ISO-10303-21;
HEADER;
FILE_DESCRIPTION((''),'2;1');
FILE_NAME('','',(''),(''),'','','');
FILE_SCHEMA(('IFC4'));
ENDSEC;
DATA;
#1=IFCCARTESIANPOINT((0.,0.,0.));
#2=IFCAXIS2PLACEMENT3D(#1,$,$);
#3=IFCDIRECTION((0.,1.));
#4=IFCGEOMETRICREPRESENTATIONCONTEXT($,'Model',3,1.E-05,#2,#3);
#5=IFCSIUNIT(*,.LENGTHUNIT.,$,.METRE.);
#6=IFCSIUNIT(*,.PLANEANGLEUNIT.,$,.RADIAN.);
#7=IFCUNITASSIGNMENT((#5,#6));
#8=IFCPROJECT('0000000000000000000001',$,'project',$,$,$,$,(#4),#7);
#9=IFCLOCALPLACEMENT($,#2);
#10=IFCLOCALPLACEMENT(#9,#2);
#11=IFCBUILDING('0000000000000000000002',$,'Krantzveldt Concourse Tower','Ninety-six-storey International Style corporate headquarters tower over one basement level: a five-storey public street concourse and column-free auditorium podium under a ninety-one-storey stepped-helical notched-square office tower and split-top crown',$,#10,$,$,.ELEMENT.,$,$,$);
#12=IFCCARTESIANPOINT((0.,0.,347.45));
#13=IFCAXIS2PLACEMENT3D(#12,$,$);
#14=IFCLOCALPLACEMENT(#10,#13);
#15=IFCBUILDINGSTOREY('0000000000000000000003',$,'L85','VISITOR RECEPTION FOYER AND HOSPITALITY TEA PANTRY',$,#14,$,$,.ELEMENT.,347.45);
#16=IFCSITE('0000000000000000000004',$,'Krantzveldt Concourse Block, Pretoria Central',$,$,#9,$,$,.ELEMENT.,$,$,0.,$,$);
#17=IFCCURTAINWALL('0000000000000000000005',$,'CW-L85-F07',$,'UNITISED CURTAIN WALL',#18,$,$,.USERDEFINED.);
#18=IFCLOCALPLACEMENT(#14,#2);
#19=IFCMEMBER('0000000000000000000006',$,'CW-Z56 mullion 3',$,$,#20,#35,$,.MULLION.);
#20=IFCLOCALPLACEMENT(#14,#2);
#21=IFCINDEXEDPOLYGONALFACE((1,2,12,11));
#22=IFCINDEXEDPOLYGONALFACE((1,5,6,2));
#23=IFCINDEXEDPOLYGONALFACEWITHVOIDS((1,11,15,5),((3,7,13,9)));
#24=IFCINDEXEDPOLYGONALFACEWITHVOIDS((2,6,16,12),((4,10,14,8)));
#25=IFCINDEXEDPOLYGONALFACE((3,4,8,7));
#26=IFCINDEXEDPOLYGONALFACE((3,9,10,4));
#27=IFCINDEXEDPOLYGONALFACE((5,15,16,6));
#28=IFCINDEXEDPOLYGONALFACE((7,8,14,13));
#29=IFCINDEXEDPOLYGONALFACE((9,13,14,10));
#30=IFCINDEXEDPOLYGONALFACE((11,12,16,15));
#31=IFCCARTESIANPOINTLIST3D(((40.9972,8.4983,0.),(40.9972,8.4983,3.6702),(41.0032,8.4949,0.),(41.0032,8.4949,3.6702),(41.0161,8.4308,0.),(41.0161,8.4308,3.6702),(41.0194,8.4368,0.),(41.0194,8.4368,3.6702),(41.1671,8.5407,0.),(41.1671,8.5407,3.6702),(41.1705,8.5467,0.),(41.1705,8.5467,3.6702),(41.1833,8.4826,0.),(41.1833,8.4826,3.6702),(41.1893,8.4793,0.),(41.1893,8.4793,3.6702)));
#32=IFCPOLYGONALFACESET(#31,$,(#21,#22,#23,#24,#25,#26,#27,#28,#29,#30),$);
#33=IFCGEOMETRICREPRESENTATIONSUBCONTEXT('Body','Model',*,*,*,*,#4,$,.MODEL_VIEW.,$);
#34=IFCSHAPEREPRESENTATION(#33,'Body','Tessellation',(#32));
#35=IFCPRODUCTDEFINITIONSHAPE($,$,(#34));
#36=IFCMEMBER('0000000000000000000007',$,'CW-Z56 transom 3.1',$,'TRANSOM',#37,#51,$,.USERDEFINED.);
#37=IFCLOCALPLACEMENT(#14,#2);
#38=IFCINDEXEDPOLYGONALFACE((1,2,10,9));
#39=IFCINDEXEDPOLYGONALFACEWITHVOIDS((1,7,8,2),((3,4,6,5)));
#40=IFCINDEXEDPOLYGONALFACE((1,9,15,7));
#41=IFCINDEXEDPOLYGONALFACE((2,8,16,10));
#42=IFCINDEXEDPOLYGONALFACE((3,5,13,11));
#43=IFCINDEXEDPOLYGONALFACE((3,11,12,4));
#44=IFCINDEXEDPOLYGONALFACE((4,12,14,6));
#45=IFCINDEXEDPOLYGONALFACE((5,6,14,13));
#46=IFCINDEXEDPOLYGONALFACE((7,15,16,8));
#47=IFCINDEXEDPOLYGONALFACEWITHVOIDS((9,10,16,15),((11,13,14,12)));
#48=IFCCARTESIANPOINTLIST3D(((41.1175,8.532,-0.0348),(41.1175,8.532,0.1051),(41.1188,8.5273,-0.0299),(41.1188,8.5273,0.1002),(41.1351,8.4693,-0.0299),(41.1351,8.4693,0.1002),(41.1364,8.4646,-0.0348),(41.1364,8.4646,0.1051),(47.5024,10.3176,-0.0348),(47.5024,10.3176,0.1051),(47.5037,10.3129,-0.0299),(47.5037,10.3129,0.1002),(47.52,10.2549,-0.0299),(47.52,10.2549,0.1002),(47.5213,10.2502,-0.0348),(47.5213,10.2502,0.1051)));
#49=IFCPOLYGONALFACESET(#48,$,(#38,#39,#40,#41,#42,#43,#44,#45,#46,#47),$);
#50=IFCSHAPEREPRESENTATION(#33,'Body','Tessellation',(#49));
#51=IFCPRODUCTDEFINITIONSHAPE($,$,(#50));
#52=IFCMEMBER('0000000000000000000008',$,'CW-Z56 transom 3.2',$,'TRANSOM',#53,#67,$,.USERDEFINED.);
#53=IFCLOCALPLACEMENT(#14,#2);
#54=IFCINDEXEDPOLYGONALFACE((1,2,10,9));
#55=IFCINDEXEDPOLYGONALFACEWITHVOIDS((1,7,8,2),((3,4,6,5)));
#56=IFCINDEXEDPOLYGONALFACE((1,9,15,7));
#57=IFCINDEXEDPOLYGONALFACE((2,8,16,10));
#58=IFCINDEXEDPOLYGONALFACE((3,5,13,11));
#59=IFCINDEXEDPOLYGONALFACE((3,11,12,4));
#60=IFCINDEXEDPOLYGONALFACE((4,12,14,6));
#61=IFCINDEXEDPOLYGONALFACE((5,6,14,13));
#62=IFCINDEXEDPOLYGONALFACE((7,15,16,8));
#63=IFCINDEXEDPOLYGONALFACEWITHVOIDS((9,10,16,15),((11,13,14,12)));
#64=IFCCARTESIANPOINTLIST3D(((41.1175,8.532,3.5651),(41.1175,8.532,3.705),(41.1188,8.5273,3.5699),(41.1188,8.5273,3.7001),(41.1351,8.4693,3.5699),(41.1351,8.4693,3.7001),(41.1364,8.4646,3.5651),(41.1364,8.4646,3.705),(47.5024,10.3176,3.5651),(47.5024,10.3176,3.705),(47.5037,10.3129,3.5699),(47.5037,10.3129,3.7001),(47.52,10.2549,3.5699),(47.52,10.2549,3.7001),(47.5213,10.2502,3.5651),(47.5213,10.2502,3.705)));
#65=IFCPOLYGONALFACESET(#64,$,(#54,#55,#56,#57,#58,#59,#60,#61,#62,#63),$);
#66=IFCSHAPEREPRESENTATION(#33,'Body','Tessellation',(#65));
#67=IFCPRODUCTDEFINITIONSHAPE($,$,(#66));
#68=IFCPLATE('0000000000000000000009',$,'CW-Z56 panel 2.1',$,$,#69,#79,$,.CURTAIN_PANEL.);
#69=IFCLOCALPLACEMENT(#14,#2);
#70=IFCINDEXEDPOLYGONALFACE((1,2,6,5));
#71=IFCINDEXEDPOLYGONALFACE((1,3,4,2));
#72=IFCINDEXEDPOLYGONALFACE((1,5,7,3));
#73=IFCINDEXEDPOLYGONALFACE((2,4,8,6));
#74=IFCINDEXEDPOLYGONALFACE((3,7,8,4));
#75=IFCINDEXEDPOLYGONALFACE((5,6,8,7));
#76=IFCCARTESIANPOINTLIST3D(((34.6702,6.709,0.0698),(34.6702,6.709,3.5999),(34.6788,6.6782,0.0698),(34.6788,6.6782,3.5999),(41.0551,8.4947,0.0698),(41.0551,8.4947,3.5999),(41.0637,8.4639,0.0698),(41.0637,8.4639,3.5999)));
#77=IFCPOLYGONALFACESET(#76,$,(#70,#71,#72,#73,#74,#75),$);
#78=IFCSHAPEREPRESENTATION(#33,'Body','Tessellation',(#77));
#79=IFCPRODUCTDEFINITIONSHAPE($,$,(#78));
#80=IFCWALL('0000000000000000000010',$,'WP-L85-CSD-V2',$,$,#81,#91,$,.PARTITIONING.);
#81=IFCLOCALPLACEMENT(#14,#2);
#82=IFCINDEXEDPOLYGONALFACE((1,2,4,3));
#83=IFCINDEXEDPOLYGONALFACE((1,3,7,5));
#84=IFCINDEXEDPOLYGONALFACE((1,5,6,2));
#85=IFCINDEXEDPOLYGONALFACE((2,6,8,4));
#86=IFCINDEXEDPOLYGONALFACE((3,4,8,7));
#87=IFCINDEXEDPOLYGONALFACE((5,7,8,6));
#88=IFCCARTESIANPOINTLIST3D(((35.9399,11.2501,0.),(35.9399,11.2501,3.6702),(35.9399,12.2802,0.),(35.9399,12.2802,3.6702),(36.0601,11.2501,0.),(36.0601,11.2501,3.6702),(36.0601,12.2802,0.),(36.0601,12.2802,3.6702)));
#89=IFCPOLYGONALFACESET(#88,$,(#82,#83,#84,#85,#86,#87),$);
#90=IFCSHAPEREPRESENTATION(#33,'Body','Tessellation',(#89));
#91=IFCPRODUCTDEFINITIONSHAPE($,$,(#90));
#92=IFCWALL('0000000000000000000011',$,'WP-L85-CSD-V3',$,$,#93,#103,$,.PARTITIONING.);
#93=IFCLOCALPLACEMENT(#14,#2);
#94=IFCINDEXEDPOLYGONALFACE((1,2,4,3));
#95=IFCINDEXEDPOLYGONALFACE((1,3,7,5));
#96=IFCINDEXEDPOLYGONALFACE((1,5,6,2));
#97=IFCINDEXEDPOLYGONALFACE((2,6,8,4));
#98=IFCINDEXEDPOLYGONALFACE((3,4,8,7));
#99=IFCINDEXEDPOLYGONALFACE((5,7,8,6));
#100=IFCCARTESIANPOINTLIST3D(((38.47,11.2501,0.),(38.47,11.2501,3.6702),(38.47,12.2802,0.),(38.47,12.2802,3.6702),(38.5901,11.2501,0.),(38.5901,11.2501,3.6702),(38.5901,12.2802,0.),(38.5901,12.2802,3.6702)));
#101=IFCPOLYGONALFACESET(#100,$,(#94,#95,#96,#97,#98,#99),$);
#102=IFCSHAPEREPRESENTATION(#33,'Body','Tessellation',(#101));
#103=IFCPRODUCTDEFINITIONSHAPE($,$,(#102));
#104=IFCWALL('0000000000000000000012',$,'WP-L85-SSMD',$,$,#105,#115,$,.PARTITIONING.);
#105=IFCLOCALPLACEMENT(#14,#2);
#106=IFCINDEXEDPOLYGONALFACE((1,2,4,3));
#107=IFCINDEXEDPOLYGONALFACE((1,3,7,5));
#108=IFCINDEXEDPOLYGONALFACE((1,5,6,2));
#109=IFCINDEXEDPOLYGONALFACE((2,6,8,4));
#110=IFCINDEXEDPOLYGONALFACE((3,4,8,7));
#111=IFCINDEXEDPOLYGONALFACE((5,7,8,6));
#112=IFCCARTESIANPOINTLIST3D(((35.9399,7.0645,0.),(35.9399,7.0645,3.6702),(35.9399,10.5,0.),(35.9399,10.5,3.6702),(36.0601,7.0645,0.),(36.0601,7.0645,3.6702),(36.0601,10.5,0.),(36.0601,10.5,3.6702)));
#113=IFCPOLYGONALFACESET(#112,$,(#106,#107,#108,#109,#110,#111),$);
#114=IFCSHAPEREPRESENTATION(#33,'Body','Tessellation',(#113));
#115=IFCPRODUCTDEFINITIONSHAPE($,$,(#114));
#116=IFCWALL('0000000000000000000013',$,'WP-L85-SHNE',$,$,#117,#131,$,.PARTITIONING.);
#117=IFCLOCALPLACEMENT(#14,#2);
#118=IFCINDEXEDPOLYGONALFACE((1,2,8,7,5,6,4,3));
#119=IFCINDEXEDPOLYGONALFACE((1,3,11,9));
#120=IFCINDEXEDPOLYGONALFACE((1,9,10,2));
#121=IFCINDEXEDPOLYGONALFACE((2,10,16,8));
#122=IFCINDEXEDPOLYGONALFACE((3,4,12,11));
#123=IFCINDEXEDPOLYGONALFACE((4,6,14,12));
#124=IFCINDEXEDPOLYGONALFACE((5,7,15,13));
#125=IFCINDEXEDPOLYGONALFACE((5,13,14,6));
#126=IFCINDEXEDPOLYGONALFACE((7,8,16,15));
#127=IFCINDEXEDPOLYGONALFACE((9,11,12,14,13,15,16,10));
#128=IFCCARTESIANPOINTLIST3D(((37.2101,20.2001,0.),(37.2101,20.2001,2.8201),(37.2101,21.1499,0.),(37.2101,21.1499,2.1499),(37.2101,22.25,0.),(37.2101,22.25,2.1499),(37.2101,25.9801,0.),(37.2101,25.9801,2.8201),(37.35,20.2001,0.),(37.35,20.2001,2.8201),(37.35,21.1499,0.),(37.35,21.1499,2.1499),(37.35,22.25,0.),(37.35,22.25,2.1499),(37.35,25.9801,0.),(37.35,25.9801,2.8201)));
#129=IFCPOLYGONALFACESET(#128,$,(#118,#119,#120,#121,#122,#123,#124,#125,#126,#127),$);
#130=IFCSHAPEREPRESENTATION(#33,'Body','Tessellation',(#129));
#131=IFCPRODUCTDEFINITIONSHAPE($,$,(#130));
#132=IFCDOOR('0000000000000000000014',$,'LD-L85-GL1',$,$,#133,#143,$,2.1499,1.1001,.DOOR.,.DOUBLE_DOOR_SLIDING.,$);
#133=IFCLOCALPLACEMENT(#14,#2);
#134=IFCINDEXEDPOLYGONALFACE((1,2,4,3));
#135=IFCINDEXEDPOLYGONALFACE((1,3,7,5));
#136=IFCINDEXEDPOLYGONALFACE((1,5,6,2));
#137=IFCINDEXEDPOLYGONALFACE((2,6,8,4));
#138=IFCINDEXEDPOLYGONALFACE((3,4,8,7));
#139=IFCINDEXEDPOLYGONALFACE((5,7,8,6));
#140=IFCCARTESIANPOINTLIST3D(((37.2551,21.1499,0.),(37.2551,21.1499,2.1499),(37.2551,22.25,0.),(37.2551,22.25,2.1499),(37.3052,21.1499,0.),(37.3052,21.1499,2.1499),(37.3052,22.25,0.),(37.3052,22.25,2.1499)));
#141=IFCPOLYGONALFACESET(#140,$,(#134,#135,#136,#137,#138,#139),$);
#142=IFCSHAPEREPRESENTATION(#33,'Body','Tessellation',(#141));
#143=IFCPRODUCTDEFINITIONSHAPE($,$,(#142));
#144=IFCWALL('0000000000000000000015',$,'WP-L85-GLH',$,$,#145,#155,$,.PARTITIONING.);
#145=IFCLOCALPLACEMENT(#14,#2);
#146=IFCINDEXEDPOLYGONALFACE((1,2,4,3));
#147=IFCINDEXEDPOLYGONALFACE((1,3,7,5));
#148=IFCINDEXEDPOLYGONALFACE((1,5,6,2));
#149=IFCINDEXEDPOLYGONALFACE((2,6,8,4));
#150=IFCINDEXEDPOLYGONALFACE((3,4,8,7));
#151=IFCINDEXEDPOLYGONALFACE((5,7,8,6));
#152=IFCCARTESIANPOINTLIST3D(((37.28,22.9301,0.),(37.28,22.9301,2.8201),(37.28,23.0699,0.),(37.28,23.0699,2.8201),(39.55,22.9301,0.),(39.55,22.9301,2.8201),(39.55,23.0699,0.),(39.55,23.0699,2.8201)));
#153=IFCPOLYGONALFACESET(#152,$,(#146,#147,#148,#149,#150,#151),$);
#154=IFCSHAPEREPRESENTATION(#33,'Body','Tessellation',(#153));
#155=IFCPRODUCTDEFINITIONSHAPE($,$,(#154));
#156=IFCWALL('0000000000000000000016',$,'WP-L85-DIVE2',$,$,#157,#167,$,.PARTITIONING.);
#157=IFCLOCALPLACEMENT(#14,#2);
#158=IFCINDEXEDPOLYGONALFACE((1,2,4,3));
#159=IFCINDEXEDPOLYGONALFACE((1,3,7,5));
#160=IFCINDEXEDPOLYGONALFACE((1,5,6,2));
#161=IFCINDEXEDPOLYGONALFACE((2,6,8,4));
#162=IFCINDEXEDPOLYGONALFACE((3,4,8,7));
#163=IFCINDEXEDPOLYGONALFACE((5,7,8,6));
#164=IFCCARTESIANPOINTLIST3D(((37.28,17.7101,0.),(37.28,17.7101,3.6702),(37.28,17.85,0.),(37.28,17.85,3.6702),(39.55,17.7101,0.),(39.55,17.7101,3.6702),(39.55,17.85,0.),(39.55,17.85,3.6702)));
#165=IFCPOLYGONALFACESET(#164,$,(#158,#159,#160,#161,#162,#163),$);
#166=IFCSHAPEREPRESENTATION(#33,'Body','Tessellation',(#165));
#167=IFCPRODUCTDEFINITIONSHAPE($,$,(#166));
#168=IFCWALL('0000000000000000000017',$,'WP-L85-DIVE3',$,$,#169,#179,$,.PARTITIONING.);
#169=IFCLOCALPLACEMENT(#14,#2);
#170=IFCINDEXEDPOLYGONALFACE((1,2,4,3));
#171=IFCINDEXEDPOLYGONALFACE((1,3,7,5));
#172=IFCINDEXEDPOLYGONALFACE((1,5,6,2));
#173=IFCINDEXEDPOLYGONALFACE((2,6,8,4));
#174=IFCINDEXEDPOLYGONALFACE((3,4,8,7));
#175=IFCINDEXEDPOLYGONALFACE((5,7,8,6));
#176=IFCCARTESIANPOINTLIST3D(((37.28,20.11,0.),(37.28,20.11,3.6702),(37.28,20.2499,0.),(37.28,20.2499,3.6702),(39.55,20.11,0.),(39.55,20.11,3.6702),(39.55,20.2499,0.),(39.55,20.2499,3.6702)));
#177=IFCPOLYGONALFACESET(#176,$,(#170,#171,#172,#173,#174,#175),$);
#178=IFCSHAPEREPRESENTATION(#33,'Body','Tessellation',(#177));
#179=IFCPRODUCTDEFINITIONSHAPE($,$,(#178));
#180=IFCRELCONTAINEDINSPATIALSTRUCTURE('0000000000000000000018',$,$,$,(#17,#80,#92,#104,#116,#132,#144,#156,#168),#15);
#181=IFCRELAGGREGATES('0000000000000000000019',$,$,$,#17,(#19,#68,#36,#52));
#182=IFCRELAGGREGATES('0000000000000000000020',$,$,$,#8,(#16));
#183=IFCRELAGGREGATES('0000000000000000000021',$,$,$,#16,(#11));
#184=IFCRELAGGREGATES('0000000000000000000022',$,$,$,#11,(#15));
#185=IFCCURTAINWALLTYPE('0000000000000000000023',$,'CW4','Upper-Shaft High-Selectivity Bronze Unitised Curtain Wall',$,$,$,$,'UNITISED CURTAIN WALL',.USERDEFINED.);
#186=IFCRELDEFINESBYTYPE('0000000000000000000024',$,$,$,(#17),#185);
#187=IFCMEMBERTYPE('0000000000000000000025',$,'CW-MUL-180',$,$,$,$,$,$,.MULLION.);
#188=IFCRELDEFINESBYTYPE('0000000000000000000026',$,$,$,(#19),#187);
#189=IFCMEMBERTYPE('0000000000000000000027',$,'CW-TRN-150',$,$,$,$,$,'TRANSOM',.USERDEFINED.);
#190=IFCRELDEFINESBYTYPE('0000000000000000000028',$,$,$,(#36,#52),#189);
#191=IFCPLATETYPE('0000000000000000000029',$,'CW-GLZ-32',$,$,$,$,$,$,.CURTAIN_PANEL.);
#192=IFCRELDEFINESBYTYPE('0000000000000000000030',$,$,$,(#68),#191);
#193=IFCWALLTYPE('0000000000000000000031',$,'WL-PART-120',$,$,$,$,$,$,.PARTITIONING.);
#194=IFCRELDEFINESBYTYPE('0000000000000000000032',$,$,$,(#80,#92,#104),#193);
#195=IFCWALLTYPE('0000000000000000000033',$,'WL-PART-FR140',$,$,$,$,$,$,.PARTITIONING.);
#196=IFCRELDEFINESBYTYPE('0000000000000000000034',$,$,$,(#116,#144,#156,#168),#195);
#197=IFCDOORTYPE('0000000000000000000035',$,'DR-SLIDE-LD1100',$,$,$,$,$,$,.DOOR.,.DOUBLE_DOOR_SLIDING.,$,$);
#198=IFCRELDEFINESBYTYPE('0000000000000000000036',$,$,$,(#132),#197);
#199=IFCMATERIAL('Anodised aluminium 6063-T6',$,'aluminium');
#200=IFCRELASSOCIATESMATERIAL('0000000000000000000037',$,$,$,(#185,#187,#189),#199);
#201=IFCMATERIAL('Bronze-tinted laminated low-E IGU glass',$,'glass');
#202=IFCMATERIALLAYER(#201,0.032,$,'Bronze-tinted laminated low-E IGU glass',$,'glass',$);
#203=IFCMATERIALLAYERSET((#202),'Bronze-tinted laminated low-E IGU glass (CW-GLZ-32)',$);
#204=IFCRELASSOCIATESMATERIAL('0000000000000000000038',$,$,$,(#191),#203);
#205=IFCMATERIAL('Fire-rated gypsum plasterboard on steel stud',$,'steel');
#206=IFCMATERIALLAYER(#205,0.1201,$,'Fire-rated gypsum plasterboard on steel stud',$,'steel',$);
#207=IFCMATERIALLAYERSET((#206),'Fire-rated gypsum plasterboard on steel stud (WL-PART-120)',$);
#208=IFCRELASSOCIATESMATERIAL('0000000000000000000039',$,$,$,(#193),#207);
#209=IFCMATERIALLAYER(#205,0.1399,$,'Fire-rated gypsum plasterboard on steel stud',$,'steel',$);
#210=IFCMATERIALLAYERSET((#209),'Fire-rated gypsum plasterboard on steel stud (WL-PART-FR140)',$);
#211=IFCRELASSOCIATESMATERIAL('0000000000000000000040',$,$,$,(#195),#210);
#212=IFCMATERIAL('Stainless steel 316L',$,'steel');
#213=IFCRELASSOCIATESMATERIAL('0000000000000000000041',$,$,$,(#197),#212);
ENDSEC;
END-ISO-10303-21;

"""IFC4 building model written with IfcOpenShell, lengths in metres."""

from ifc_helpers import new_model, si_unit, direction, frame, frame_2d, origin, origin_2d, place, context, subcontext, project, spatial, rectangle, hollow_rectangle, extrude, source, transform, mapped, material, layer, layer_set, material_profile, profile_set, type_object, type_shapes, element, fill, aggregate, save


model = new_model("IFC4")

# Units and contexts
model_context = context("Model", 3, precision=1e-05, world=origin(), true_north=direction((0.0, 1.0)))
body_context = subcontext(model_context, "Body", "Model", "MODEL_VIEW")
ifc_project = project(units=[si_unit("LENGTHUNIT", "METRE"), si_unit("PLANEANGLEUNIT", "RADIAN")], contexts=[model_context])

# Site, building, storey
site_placement = place(None, origin())
site = spatial("IfcSite", under=ifc_project, at=site_placement, Name="Krantzveldt Concourse Block, Pretoria Central", CompositionType="ELEMENT", RefElevation=0.0)
building_placement = place(site_placement, origin())
building = spatial("IfcBuilding", under=site, at=building_placement, Name="Krantzveldt Concourse Tower", Description="Ninety-six-storey International Style corporate headquarters tower over one basement level: a five-storey public street concourse and column-free auditorium podium under a ninety-one-storey stepped-helical notched-square office tower and split-top crown", CompositionType="ELEMENT")
storey_placement = place(building_placement, frame((0.0, 0.0, 347.45)))
storey = spatial("IfcBuildingStorey", under=building, at=storey_placement, Name="L85", Description="VISITOR RECEPTION FOYER AND HOSPITALITY TEA PANTRY", CompositionType="ELEMENT", Elevation=347.45)

# Curtain wall, members, plate
ifc_material_1 = material(Name="Anodised aluminium 6063-T6", Category="aluminium")
curtain_wall_type = type_object("IfcCurtainWallType", Name="CW4", Description="Upper-Shaft High-Selectivity Bronze Unitised Curtain Wall", ElementType="UNITISED CURTAIN WALL", PredefinedType="USERDEFINED", material=ifc_material_1)
curtain_wall_placement = place(storey_placement, origin())
curtain_wall = element("IfcCurtainWall", 1, at=curtain_wall_placement, inside=storey, type_object=curtain_wall_type, Name="CW-L85-F07", ObjectType="UNITISED CURTAIN WALL", PredefinedType="USERDEFINED")
ifc_material_profile_1 = material_profile(ifc_material_1, hollow_rectangle(XDim=0.0701, YDim=0.1799, WallThickness=0.0049, at=origin_2d()), Name="Anodised aluminium 6063-T6", Category="aluminium")
ifc_profile_set_1 = profile_set([ifc_material_profile_1], Name="Anodised aluminium 6063-T6 - ALU-MULL 180x70x5")
member_type_1 = type_object("IfcMemberType", Name="CW-MUL-180", PredefinedType="MULLION", material=ifc_profile_set_1)
shared_shape_1 = source(origin(), body_context, "Body", "SweptSolid", [
    extrude(hollow_rectangle(XDim=0.0701, YDim=0.1799, WallThickness=0.0049, at=origin_2d()), origin(), (0.0, 0.0, 1.0), 3.6702),
])
type_shapes(member_type_1, [shared_shape_1])
member_1_placement = place(storey_placement, frame((41.0933, 8.4888, 0.0), z_axis=(0.0, 0.0, 1.0), x_axis=(-0.26934, 0.963045, 0.0)))
member_1 = element("IfcMember", 2, at=member_1_placement, type_object=member_type_1, Name="CW-Z56 mullion 3", PredefinedType="MULLION", context=body_context, shape_type="MappedRepresentation", body=[
    mapped(shared_shape_1, transform((0.0, 0.0, 0.0), x_axis=(1.0, 0.0, 0.0), y_axis=(0.0, 1.0, 0.0), z_axis=(0.0, 0.0, 1.0), scale=1.0)),
])
ifc_material_profile_2 = material_profile(ifc_material_1, hollow_rectangle(XDim=0.0701, YDim=0.1399, WallThickness=0.0049, at=origin_2d()), Name="Anodised aluminium 6063-T6", Category="aluminium")
ifc_profile_set_2 = profile_set([ifc_material_profile_2], Name="Anodised aluminium 6063-T6 - ALU-TRAN 140x70x5")
member_type_2 = type_object("IfcMemberType", Name="CW-TRN-150", ElementType="TRANSOM", PredefinedType="USERDEFINED", material=ifc_profile_set_2)
shared_shape_2 = source(origin(), body_context, "Body", "SweptSolid", [
    extrude(hollow_rectangle(XDim=0.0701, YDim=0.1399, WallThickness=0.0049, at=origin_2d()), origin(), (0.0, 0.0, 1.0), 6.6299),
])
type_shapes(member_type_2, [shared_shape_2])
member_2_placement = place(storey_placement, frame((41.127, 8.4983, 0.0352), z_axis=(0.963048, 0.269328, 0.0), x_axis=(-0.269328, 0.963048, 0.0)))
member_2 = element("IfcMember", 3, at=member_2_placement, type_object=member_type_2, Name="CW-Z56 transom 3.1", ObjectType="TRANSOM", PredefinedType="USERDEFINED", context=body_context, shape_type="MappedRepresentation", body=[
    mapped(shared_shape_2, transform((0.0, 0.0, 0.0), x_axis=(1.0, 0.0, 0.0), y_axis=(0.0, 1.0, 0.0), z_axis=(0.0, 0.0, 1.0), scale=1.0)),
])
member_3_placement = place(storey_placement, frame((41.127, 8.4983, 3.635), z_axis=(0.963048, 0.269328, 0.0), x_axis=(-0.269328, 0.963048, 0.0)))
member_3 = element("IfcMember", 4, at=member_3_placement, type_object=member_type_2, Name="CW-Z56 transom 3.2", ObjectType="TRANSOM", PredefinedType="USERDEFINED", context=body_context, shape_type="MappedRepresentation", body=[
    mapped(shared_shape_2, transform((0.0, 0.0, 0.0), x_axis=(1.0, 0.0, 0.0), y_axis=(0.0, 1.0, 0.0), z_axis=(0.0, 0.0, 1.0), scale=1.0)),
])
ifc_material_2 = material(Name="Bronze-tinted laminated low-E IGU glass", Category="glass")
ifc_layer_1 = layer(ifc_material_2, 0.032, Name="Bronze-tinted laminated low-E IGU glass", Category="glass")
ifc_layer_set_1 = layer_set([ifc_layer_1], Name="Bronze-tinted laminated low-E IGU glass (CW-GLZ-32)")
plate_type = type_object("IfcPlateType", Name="CW-GLZ-32", PredefinedType="CURTAIN_PANEL", material=ifc_layer_set_1)
shared_shape_3 = source(origin(), body_context, "Body", "SweptSolid", [
    extrude(rectangle(XDim=6.6299, YDim=0.032, at=origin_2d()), origin(), (0.0, 0.0, 1.0), 3.53),
])
type_shapes(plate_type, [shared_shape_3])
plate_placement = place(storey_placement, frame((37.8669, 7.5864, 0.0698), z_axis=(0.0, 0.0, 1.0), x_axis=(0.963045, 0.26934, 0.0)))
plate = element("IfcPlate", 5, at=plate_placement, type_object=plate_type, Name="CW-Z56 panel 2.1", PredefinedType="CURTAIN_PANEL", context=body_context, shape_type="MappedRepresentation", body=[
    mapped(shared_shape_3, transform((0.0, 0.0, 0.0), x_axis=(1.0, 0.0, 0.0), y_axis=(0.0, 1.0, 0.0), z_axis=(0.0, 0.0, 1.0), scale=1.0)),
])
aggregate(curtain_wall, [member_1, plate, member_2, member_3])

# Walls
ifc_material_3 = material(Name="Fire-rated gypsum plasterboard on steel stud", Category="steel")
ifc_layer_2 = layer(ifc_material_3, 0.1201, Name="Fire-rated gypsum plasterboard on steel stud", Category="steel")
ifc_layer_set_2 = layer_set([ifc_layer_2], Name="Fire-rated gypsum plasterboard on steel stud (WL-PART-120)")
wall_type_1 = type_object("IfcWallType", Name="WL-PART-120", PredefinedType="PARTITIONING", material=ifc_layer_set_2)
for number, where, z_axis, x_axis, name in (
    (6, (36.0, 11.25, 0.0), (0.0, 0.0, 1.0), (0.0, 1.0, 0.0), "WP-L85-CSD-V2"),
    (7, (38.53, 11.25, 0.0), (0.0, 0.0, 1.0), (0.0, 1.0, 0.0), "WP-L85-CSD-V3"),
):
    element("IfcWall", number, at=place(storey_placement, frame(where, z_axis=z_axis, x_axis=x_axis)), inside=storey, type_object=wall_type_1, Name=name, PredefinedType="PARTITIONING", context=body_context, shape_type="SweptSolid", body=[
        extrude(rectangle(XDim=1.03, YDim=0.1201, at=frame_2d((0.5151, 0.0))), origin(), (0.0, 0.0, 1.0), 3.6702),
    ])
wall_1_placement = place(storey_placement, frame((36.0, 7.0645, 0.0), z_axis=(0.0, 0.0, 1.0), x_axis=(0.0, 1.0, 0.0)))
element("IfcWall", 8, at=wall_1_placement, inside=storey, type_object=wall_type_1, Name="WP-L85-SSMD", PredefinedType="PARTITIONING", context=body_context, shape_type="SweptSolid", body=[
    extrude(rectangle(XDim=3.4355, YDim=0.1201, at=frame_2d((1.7178, 0.0))), origin(), (0.0, 0.0, 1.0), 3.6702),
])

# Wall, opening, door
ifc_layer_3 = layer(ifc_material_3, 0.1399, Name="Fire-rated gypsum plasterboard on steel stud", Category="steel")
ifc_layer_set_3 = layer_set([ifc_layer_3], Name="Fire-rated gypsum plasterboard on steel stud (WL-PART-FR140)")
wall_type_2 = type_object("IfcWallType", Name="WL-PART-FR140", PredefinedType="PARTITIONING", material=ifc_layer_set_3)
wall_2_placement = place(storey_placement, frame((37.28, 20.2, 0.0), z_axis=(0.0, 0.0, 1.0), x_axis=(0.0, 1.0, 0.0)))
wall_2 = element("IfcWall", 9, at=wall_2_placement, inside=storey, type_object=wall_type_2, Name="WP-L85-SHNE", PredefinedType="PARTITIONING", context=body_context, shape_type="SweptSolid", body=[
    extrude(rectangle(XDim=5.78, YDim=0.1399, at=frame_2d((2.8901, 0.0))), origin(), (0.0, 0.0, 1.0), 2.8201),
])
opening_1_placement = place(wall_2_placement, frame((0.95, 0.0, 0.0)))
opening_1 = element("IfcOpeningElement", 10, at=opening_1_placement, cuts=wall_2, PredefinedType="OPENING", context=body_context, shape_type="SweptSolid", body=[
    extrude(rectangle(XDim=1.1001, YDim=2.1499, at=frame_2d((0.55, 1.075))), frame((0.0, 0.0801, 0.0), z_axis=(0.0, -1.0, 0.0), x_axis=(1.0, 0.0, 0.0)), (0.0, 0.0, 1.0), 0.1599),
])
ifc_material_4 = material(Name="Stainless steel 316L", Category="steel")
door_type_1 = type_object("IfcDoorType", Name="DR-SLIDE-LD1100", OperationType="DOUBLE_DOOR_SLIDING", PredefinedType="DOOR", material=ifc_material_4)
door_1_placement = place(opening_1_placement, origin())
door_1 = element("IfcDoor", 11, at=door_1_placement, inside=storey, type_object=door_type_1, Name="LD-L85-GL1", OperationType="DOUBLE_DOOR_SLIDING", OverallHeight=2.1499, OverallWidth=1.1001, PredefinedType="DOOR", context=body_context, shape_type="SweptSolid", body=[
    extrude(rectangle(XDim=1.1001, YDim=2.1499, at=frame_2d((0.55, 1.075))), frame((0.0, 0.0249, 0.0), z_axis=(0.0, -1.0, 0.0), x_axis=(1.0, 0.0, 0.0)), (0.0, 0.0, 1.0), 0.05),
])
fill(opening_1, door_1)

# Wall
wall_3_placement = place(storey_placement, frame((37.28, 23.0, 0.0), z_axis=(0.0, 0.0, 1.0), x_axis=(1.0, 0.0, 0.0)))
element("IfcWall", 12, at=wall_3_placement, inside=storey, type_object=wall_type_2, Name="WP-L85-GLH", PredefinedType="PARTITIONING", context=body_context, shape_type="SweptSolid", body=[
    extrude(rectangle(XDim=2.27, YDim=0.1399, at=frame_2d((1.135, 0.0))), origin(), (0.0, 0.0, 1.0), 2.8201),
])

# Walls
for number, where, z_axis, x_axis, name in (
    (13, (37.28, 17.78, 0.0), (0.0, 0.0, 1.0), (1.0, 0.0, 0.0), "WP-L85-DIVE2"),
    (14, (37.28, 20.1799, 0.0), (0.0, 0.0, 1.0), (1.0, 0.0, 0.0), "WP-L85-DIVE3"),
):
    element("IfcWall", number, at=place(storey_placement, frame(where, z_axis=z_axis, x_axis=x_axis)), inside=storey, type_object=wall_type_2, Name=name, PredefinedType="PARTITIONING", context=body_context, shape_type="SweptSolid", body=[
        extrude(rectangle(XDim=2.27, YDim=0.1399, at=frame_2d((1.135, 0.0))), origin(), (0.0, 0.0, 1.0), 3.6702),
    ])

save(model, "model.ifc")
